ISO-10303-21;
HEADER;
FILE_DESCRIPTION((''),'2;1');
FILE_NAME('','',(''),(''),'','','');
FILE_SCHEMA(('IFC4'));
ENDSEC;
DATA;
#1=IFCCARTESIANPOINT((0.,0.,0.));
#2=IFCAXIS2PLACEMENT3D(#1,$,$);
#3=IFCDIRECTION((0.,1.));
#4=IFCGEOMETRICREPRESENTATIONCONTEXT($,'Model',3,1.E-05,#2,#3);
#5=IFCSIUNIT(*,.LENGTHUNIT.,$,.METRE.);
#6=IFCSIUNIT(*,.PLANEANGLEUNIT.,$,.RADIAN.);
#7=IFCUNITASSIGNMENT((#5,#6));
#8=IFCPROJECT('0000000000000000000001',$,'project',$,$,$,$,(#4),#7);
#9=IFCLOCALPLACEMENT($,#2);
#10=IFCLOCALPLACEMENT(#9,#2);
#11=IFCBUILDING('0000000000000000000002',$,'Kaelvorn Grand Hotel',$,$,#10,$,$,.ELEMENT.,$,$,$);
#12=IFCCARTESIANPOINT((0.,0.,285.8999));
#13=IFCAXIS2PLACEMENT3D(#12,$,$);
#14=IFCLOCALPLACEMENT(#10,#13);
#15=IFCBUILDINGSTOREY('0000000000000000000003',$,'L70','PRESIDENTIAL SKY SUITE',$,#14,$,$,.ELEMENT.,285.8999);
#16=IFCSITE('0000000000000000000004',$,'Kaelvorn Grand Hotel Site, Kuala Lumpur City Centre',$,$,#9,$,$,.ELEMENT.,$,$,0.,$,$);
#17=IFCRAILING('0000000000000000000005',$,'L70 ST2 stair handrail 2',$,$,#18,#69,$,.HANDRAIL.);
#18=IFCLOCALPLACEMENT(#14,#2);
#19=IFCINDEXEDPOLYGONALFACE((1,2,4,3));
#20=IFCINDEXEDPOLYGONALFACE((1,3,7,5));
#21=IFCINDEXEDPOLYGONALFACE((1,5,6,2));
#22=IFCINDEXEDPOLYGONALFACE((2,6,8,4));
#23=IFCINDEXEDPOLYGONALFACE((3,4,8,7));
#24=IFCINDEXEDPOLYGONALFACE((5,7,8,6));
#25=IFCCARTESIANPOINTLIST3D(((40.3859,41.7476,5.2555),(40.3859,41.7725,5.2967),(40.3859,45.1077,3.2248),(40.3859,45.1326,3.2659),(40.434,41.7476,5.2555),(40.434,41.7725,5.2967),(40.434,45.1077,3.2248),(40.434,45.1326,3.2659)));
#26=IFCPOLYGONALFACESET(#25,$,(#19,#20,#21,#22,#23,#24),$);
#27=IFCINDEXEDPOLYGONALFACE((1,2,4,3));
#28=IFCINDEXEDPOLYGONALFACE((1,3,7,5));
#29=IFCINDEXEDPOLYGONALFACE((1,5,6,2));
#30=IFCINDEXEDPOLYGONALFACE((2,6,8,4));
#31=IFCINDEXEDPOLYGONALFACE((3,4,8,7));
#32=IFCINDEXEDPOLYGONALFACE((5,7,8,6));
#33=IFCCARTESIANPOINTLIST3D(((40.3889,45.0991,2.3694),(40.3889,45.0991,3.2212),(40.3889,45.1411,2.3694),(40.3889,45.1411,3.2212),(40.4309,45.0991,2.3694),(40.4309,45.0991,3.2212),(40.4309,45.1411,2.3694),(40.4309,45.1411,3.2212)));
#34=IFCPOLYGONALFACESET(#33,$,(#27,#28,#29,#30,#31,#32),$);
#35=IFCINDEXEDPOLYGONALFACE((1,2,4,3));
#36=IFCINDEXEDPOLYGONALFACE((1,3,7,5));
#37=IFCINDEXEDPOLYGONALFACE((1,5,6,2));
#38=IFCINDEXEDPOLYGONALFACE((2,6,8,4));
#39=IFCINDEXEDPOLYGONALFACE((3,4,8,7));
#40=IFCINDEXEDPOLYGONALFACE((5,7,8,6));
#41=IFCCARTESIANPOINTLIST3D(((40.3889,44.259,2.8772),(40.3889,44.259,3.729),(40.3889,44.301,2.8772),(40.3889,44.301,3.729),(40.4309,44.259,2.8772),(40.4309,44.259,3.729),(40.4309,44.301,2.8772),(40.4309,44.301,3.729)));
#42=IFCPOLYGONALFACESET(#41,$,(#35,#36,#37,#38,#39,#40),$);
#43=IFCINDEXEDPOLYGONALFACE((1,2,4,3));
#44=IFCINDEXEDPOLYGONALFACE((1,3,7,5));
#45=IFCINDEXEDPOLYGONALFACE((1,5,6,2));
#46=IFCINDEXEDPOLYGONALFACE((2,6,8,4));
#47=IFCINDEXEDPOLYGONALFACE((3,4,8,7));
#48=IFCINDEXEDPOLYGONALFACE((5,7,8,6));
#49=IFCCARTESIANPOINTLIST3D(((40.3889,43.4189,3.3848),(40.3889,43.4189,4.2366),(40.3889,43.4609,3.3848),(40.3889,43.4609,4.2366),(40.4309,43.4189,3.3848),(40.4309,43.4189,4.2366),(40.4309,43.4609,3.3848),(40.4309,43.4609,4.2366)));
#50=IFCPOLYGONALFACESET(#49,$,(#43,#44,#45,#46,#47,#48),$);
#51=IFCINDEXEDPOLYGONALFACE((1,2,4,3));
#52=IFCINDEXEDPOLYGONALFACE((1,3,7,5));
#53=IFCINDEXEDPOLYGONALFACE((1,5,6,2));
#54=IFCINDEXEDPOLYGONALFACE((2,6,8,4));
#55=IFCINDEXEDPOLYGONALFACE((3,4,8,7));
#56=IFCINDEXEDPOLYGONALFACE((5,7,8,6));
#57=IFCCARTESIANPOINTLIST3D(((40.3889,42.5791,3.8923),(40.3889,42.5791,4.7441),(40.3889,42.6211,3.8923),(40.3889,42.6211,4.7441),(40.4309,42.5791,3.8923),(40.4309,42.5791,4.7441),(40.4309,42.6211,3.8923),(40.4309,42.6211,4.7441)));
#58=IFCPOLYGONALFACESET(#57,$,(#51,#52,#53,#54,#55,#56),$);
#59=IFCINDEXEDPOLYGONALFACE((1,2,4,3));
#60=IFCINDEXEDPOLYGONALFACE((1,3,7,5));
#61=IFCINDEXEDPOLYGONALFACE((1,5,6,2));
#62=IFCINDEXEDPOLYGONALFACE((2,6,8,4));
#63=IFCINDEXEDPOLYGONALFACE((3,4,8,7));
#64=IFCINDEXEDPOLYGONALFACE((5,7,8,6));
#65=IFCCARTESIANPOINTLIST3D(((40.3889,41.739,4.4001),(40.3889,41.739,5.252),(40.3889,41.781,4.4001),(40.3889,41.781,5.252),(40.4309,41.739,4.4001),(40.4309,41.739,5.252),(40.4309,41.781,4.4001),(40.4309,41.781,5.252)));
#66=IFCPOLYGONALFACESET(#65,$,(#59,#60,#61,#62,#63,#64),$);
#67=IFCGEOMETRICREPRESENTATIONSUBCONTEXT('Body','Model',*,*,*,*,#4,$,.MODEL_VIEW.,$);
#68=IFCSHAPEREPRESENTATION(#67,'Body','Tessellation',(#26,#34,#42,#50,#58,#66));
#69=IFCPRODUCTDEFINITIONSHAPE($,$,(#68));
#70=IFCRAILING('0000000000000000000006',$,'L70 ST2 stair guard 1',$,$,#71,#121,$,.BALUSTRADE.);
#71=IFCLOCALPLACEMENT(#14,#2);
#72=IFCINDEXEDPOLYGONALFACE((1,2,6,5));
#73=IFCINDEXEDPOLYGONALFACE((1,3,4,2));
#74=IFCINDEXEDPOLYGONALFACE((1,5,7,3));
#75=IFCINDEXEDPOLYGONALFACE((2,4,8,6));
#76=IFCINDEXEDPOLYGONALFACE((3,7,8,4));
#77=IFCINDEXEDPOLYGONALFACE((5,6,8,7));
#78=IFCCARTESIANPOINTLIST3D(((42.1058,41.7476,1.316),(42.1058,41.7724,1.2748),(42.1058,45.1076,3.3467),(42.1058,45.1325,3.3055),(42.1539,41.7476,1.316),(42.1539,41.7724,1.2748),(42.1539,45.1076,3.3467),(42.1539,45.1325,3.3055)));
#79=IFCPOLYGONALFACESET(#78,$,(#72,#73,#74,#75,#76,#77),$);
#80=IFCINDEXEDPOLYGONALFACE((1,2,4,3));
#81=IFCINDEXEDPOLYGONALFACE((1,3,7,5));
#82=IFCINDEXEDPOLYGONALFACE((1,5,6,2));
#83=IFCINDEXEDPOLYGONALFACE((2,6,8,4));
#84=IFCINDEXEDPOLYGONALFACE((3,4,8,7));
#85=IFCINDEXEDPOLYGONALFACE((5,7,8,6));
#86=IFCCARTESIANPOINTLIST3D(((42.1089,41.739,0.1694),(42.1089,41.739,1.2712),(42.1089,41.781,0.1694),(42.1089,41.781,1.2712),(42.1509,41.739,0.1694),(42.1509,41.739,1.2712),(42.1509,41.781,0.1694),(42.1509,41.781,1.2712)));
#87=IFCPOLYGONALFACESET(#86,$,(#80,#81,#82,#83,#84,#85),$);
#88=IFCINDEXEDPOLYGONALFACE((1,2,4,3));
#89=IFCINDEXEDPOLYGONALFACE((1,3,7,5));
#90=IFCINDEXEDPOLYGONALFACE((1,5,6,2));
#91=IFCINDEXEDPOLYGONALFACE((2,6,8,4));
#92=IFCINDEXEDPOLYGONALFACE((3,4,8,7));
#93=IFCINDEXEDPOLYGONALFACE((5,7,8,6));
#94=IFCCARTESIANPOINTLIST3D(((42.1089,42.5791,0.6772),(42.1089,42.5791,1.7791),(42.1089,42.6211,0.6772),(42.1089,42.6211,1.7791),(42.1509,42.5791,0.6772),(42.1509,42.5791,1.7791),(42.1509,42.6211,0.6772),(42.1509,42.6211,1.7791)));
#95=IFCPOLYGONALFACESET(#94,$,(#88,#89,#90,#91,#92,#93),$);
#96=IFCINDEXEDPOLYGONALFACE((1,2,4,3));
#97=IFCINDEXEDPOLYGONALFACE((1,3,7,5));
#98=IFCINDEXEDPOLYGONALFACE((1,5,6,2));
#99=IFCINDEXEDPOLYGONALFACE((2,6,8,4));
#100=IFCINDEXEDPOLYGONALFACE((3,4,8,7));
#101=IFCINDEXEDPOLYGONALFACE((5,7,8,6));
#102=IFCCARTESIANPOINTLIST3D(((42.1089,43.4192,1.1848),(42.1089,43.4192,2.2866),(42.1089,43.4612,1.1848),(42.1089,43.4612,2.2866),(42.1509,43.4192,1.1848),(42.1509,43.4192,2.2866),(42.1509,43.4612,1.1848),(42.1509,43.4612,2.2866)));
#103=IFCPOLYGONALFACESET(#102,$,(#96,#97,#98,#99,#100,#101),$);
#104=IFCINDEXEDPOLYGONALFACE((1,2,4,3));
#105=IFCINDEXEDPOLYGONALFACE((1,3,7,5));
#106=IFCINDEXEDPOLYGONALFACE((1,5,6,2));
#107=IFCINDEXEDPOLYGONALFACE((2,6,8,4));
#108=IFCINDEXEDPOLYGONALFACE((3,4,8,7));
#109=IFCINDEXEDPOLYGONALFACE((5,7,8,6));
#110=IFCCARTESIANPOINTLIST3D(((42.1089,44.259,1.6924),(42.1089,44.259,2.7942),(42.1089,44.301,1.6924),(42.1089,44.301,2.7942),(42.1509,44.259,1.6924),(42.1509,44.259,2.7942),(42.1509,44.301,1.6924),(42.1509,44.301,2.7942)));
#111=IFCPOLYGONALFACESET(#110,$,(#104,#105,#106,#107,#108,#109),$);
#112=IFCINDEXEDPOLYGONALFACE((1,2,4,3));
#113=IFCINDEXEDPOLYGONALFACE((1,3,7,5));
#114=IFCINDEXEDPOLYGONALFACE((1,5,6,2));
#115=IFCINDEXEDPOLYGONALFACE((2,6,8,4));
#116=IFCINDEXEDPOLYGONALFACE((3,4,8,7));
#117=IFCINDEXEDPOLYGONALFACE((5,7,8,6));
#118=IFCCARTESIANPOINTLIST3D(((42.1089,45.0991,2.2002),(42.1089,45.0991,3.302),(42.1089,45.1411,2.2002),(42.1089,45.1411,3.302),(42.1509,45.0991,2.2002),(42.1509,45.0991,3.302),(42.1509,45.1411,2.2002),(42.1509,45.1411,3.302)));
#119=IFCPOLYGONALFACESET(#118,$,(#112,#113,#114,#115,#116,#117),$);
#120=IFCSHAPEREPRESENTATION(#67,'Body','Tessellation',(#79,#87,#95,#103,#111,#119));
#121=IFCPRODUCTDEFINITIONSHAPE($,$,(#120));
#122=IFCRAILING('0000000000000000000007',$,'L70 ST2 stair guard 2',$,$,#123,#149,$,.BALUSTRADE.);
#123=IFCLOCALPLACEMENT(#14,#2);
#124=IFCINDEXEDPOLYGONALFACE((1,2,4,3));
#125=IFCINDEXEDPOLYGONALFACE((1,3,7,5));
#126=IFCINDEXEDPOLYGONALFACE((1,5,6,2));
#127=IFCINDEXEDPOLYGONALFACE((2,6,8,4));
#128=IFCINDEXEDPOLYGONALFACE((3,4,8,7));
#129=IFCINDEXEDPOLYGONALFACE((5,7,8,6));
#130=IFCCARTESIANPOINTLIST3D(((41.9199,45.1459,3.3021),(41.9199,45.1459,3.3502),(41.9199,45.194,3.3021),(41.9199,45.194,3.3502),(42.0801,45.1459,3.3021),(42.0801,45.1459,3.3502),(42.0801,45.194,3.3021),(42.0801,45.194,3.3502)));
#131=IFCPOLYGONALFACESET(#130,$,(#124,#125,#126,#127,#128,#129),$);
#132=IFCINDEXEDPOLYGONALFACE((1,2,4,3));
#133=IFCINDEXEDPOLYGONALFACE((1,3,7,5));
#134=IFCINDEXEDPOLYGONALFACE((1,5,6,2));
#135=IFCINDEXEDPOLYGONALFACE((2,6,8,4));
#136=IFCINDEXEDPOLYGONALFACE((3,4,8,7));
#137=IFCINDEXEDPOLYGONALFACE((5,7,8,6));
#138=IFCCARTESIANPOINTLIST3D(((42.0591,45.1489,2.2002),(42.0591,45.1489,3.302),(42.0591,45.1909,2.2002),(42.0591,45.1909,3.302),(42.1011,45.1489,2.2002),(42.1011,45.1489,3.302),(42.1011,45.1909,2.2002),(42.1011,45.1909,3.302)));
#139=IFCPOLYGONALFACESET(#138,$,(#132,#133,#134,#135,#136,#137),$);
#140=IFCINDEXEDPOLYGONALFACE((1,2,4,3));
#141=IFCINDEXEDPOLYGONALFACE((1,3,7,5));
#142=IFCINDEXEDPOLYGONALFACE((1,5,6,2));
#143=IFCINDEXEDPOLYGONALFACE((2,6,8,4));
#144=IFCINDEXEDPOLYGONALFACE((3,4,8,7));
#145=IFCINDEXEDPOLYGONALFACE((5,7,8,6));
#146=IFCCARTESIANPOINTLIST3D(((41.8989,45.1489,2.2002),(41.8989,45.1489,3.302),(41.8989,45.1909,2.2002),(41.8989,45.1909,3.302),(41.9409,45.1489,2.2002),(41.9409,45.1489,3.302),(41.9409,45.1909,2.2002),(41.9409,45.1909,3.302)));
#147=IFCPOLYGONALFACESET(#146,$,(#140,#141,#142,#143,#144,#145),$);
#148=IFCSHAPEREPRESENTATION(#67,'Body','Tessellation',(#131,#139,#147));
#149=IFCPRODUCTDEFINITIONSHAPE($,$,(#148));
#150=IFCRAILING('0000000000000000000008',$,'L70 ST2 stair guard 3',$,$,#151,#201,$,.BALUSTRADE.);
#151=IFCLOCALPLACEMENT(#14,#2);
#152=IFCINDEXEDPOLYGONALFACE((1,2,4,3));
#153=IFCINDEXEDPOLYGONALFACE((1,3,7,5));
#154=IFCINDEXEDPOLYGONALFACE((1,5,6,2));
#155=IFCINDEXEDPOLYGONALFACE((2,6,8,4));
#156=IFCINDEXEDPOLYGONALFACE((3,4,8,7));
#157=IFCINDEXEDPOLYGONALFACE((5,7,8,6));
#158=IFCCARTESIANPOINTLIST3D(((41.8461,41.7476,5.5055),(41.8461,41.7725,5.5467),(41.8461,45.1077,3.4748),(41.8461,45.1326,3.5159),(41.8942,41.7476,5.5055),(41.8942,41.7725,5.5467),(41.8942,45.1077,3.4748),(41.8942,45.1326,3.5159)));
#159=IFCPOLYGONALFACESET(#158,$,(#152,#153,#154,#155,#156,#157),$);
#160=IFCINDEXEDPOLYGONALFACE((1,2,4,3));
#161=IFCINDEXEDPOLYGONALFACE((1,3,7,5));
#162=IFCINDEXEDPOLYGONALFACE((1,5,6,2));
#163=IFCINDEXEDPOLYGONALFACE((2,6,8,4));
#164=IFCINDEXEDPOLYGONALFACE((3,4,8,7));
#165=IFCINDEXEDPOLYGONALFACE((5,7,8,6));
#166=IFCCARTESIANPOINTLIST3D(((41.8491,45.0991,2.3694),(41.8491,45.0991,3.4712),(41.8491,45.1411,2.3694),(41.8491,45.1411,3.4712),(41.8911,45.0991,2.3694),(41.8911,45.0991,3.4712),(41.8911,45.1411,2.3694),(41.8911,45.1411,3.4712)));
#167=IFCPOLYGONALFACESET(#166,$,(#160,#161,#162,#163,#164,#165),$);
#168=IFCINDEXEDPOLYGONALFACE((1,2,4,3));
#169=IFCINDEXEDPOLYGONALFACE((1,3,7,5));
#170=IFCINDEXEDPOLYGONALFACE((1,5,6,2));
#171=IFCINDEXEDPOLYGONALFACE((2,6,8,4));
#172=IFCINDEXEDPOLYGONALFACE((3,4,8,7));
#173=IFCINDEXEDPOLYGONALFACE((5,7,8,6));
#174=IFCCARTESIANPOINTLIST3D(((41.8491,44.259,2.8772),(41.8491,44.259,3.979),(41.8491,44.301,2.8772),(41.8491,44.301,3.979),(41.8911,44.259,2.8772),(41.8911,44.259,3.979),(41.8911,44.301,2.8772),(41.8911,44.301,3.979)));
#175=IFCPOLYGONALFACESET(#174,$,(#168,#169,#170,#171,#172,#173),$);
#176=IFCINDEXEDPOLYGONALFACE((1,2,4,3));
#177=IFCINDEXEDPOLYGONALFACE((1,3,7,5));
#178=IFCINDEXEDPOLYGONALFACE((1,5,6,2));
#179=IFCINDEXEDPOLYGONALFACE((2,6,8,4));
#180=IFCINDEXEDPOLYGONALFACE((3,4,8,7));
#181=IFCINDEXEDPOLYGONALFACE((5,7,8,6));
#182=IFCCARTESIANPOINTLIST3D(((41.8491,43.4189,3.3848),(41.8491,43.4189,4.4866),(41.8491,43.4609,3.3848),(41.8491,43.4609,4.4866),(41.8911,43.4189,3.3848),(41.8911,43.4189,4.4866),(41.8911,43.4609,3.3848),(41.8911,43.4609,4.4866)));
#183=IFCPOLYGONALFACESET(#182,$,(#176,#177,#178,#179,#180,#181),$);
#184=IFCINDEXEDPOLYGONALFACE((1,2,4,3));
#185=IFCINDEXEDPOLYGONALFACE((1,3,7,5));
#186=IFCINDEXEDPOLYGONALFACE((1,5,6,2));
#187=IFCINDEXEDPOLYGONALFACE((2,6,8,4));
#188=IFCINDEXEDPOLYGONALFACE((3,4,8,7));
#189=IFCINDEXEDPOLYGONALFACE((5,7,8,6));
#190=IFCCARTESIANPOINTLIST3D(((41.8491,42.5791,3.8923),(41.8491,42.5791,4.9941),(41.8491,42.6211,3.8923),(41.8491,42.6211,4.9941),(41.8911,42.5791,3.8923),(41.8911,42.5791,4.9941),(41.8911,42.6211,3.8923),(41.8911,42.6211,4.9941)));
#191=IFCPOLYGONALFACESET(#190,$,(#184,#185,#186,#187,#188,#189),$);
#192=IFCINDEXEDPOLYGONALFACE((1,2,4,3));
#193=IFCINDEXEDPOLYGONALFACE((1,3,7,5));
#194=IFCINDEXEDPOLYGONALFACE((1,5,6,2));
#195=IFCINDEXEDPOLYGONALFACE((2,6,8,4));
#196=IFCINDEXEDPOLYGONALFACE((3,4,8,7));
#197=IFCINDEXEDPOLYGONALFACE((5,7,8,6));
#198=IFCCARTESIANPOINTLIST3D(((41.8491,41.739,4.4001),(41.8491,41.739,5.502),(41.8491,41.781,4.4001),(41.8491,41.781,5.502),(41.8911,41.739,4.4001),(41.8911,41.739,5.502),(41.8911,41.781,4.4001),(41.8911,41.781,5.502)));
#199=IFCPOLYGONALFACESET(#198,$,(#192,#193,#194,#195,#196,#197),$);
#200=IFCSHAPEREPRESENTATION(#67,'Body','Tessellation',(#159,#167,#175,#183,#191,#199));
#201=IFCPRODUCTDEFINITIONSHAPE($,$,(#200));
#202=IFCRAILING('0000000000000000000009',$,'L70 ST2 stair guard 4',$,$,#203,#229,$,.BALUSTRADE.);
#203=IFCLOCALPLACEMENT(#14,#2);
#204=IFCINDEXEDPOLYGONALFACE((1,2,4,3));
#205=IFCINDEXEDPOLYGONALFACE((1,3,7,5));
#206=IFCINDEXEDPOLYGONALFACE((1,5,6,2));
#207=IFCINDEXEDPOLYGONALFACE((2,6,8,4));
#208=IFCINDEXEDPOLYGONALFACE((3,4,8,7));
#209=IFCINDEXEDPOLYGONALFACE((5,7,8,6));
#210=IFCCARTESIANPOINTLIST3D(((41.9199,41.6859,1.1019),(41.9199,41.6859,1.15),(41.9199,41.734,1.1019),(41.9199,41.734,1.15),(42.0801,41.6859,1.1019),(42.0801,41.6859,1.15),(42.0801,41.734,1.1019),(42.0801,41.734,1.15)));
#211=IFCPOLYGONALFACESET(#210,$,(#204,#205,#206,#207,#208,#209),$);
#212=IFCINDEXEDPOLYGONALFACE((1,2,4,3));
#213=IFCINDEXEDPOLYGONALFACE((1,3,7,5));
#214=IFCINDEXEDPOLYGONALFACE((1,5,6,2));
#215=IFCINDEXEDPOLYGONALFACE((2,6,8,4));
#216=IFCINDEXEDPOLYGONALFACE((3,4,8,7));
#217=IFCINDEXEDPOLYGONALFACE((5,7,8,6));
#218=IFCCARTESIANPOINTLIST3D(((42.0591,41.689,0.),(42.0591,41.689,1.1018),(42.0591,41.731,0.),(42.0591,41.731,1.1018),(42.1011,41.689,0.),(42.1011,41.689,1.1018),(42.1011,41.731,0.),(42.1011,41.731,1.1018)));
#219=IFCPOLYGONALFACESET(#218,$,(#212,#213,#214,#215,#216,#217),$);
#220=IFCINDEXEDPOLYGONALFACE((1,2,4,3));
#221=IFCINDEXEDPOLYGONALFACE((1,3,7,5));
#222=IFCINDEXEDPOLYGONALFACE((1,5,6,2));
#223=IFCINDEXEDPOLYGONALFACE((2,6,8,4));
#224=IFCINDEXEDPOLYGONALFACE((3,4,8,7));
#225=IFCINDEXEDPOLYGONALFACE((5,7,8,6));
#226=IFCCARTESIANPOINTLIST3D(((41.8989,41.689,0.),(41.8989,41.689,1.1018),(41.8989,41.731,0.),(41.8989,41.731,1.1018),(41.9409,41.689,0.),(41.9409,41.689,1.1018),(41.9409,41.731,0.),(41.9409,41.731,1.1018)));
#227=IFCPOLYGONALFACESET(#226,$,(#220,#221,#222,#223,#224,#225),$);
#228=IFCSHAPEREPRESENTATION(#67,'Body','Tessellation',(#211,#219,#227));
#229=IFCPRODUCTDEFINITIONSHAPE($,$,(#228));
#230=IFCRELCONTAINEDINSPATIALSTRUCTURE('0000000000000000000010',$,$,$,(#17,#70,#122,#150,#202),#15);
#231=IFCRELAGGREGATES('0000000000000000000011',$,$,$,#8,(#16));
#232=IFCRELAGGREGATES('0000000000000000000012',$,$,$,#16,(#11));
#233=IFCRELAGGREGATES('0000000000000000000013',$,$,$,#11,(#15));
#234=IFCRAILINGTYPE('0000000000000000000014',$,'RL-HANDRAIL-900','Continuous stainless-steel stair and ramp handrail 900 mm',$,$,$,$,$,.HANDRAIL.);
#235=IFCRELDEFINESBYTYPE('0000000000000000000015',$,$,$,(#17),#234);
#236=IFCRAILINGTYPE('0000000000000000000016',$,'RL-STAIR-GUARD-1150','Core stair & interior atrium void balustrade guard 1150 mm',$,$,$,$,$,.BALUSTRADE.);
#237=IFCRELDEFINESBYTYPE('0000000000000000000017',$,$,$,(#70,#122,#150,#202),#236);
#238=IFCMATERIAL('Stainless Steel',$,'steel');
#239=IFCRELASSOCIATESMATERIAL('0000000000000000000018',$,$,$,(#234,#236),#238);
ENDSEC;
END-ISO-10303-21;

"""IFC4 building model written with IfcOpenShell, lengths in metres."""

from ifc_helpers import new_model, si_unit, direction, frame, origin, origin_2d, place, context, subcontext, project, spatial, rectangle, extrude, material, type_object, element, save


model = new_model("IFC4")

# Units and contexts
model_context = context("Model", 3, precision=1e-05, world=origin(), true_north=direction((0.0, 1.0)))
body_context = subcontext(model_context, "Body", "Model", "MODEL_VIEW")
ifc_project = project(units=[si_unit("LENGTHUNIT", "METRE"), si_unit("PLANEANGLEUNIT", "RADIAN")], contexts=[model_context])

# Site, building, storey
site_placement = place(None, origin())
site = spatial("IfcSite", under=ifc_project, at=site_placement, Name="Kaelvorn Grand Hotel Site, Kuala Lumpur City Centre", CompositionType="ELEMENT", RefElevation=0.0)
building_placement = place(site_placement, origin())
building = spatial("IfcBuilding", under=site, at=building_placement, Name="Kaelvorn Grand Hotel", CompositionType="ELEMENT")
storey_placement = place(building_placement, frame((0.0, 0.0, 285.8999)))
storey = spatial("IfcBuildingStorey", under=building, at=storey_placement, Name="L70", Description="PRESIDENTIAL SKY SUITE", CompositionType="ELEMENT", Elevation=285.8999)

# Railings
ifc_material_1 = material(Name="Stainless Steel", Category="steel")
railing_type_1 = type_object("IfcRailingType", Name="RL-HANDRAIL-900", Description="Continuous stainless-steel stair and ramp handrail 900 mm", PredefinedType="HANDRAIL", material=ifc_material_1)
railing_1_placement = place(storey_placement, frame((40.4099, 45.1201, 2.3694)))
element("IfcRailing", 1, at=railing_1_placement, inside=storey, type_object=railing_type_1, Name="L70 ST2 stair handrail 2", PredefinedType="HANDRAIL", context=body_context, shape_type="SweptSolid", body=[
    extrude(rectangle(XDim=0.0481, YDim=0.0481, at=origin_2d()), frame((0.0, 0.0, 0.876), z_axis=(0.0, -0.855837, 0.517246), x_axis=(1.0, 0.0, 0.0)), (0.0, 0.0, 1.0), 3.926),
    extrude(rectangle(XDim=0.042, YDim=0.042, at=origin_2d()), origin(), (0.0, 0.0, 1.0), 0.8518),
    extrude(rectangle(XDim=0.042, YDim=0.042, at=origin_2d()), frame((0.0, -0.8401, 0.5078)), (0.0, 0.0, 1.0), 0.8518),
    extrude(rectangle(XDim=0.042, YDim=0.042, at=origin_2d()), frame((0.0, -1.6802, 1.0154)), (0.0, 0.0, 1.0), 0.8518),
    extrude(rectangle(XDim=0.042, YDim=0.042, at=origin_2d()), frame((0.0, -2.52, 1.5229)), (0.0, 0.0, 1.0), 0.8518),
    extrude(rectangle(XDim=0.042, YDim=0.042, at=origin_2d()), frame((0.0, -3.3601, 2.0308)), (0.0, 0.0, 1.0), 0.8518),
])
railing_type_2 = type_object("IfcRailingType", Name="RL-STAIR-GUARD-1150", Description="Core stair & interior atrium void balustrade guard 1150 mm", PredefinedType="BALUSTRADE", material=ifc_material_1)
railing_2_placement = place(storey_placement, frame((42.1299, 41.76, 0.1694)))
element("IfcRailing", 2, at=railing_2_placement, inside=storey, type_object=railing_type_2, Name="L70 ST2 stair guard 1", PredefinedType="BALUSTRADE", context=body_context, shape_type="SweptSolid", body=[
    extrude(rectangle(XDim=0.0481, YDim=0.0481, at=origin_2d()), frame((0.0, 0.0, 1.126), z_axis=(0.0, 0.855837, 0.517246), x_axis=(-1.0, 0.0, 0.0)), (0.0, 0.0, 1.0), 3.926),
    extrude(rectangle(XDim=0.042, YDim=0.042, at=origin_2d()), origin(), (0.0, 0.0, 1.0), 1.1018),
    extrude(rectangle(XDim=0.042, YDim=0.042, at=origin_2d()), frame((0.0, 0.8401, 0.5078)), (0.0, 0.0, 1.0), 1.1018),
    extrude(rectangle(XDim=0.042, YDim=0.042, at=origin_2d()), frame((0.0, 1.6802, 1.0154)), (0.0, 0.0, 1.0), 1.1018),
    extrude(rectangle(XDim=0.042, YDim=0.042, at=origin_2d()), frame((0.0, 2.52, 1.5229)), (0.0, 0.0, 1.0), 1.1018),
    extrude(rectangle(XDim=0.042, YDim=0.042, at=origin_2d()), frame((0.0, 3.3601, 2.0308)), (0.0, 0.0, 1.0), 1.1018),
])
railing_3_placement = place(storey_placement, frame((42.0801, 45.1699, 2.2002)))
element("IfcRailing", 3, at=railing_3_placement, inside=storey, type_object=railing_type_2, Name="L70 ST2 stair guard 2", PredefinedType="BALUSTRADE", context=body_context, shape_type="SweptSolid", body=[
    extrude(rectangle(XDim=0.0481, YDim=0.0481, at=origin_2d()), frame((0.0, 0.0, 1.126), z_axis=(-1.0, 0.0, 0.0), x_axis=(0.0, -1.0, 0.0)), (0.0, 0.0, 1.0), 0.1602),
    extrude(rectangle(XDim=0.042, YDim=0.042, at=origin_2d()), origin(), (0.0, 0.0, 1.0), 1.1018),
    extrude(rectangle(XDim=0.042, YDim=0.042, at=origin_2d()), frame((-0.1602, 0.0, 0.0)), (0.0, 0.0, 1.0), 1.1018),
])
railing_4_placement = place(storey_placement, frame((41.8701, 45.1201, 2.3694)))
element("IfcRailing", 4, at=railing_4_placement, inside=storey, type_object=railing_type_2, Name="L70 ST2 stair guard 3", PredefinedType="BALUSTRADE", context=body_context, shape_type="SweptSolid", body=[
    extrude(rectangle(XDim=0.0481, YDim=0.0481, at=origin_2d()), frame((0.0, 0.0, 1.126), z_axis=(0.0, -0.855837, 0.517246), x_axis=(1.0, 0.0, 0.0)), (0.0, 0.0, 1.0), 3.926),
    extrude(rectangle(XDim=0.042, YDim=0.042, at=origin_2d()), origin(), (0.0, 0.0, 1.0), 1.1018),
    extrude(rectangle(XDim=0.042, YDim=0.042, at=origin_2d()), frame((0.0, -0.8401, 0.5078)), (0.0, 0.0, 1.0), 1.1018),
    extrude(rectangle(XDim=0.042, YDim=0.042, at=origin_2d()), frame((0.0, -1.6802, 1.0154)), (0.0, 0.0, 1.0), 1.1018),
    extrude(rectangle(XDim=0.042, YDim=0.042, at=origin_2d()), frame((0.0, -2.52, 1.5229)), (0.0, 0.0, 1.0), 1.1018),
    extrude(rectangle(XDim=0.042, YDim=0.042, at=origin_2d()), frame((0.0, -3.3601, 2.0308)), (0.0, 0.0, 1.0), 1.1018),
])
railing_5_placement = place(storey_placement, frame((42.0801, 41.71, 0.0)))
element("IfcRailing", 5, at=railing_5_placement, inside=storey, type_object=railing_type_2, Name="L70 ST2 stair guard 4", PredefinedType="BALUSTRADE", context=body_context, shape_type="SweptSolid", body=[
    extrude(rectangle(XDim=0.0481, YDim=0.0481, at=origin_2d()), frame((0.0, 0.0, 1.126), z_axis=(-1.0, 0.0, 0.0), x_axis=(0.0, -1.0, 0.0)), (0.0, 0.0, 1.0), 0.1602),
    extrude(rectangle(XDim=0.042, YDim=0.042, at=origin_2d()), origin(), (0.0, 0.0, 1.0), 1.1018),
    extrude(rectangle(XDim=0.042, YDim=0.042, at=origin_2d()), frame((-0.1602, 0.0, 0.0)), (0.0, 0.0, 1.0), 1.1018),
])

save(model, "model.ifc")
